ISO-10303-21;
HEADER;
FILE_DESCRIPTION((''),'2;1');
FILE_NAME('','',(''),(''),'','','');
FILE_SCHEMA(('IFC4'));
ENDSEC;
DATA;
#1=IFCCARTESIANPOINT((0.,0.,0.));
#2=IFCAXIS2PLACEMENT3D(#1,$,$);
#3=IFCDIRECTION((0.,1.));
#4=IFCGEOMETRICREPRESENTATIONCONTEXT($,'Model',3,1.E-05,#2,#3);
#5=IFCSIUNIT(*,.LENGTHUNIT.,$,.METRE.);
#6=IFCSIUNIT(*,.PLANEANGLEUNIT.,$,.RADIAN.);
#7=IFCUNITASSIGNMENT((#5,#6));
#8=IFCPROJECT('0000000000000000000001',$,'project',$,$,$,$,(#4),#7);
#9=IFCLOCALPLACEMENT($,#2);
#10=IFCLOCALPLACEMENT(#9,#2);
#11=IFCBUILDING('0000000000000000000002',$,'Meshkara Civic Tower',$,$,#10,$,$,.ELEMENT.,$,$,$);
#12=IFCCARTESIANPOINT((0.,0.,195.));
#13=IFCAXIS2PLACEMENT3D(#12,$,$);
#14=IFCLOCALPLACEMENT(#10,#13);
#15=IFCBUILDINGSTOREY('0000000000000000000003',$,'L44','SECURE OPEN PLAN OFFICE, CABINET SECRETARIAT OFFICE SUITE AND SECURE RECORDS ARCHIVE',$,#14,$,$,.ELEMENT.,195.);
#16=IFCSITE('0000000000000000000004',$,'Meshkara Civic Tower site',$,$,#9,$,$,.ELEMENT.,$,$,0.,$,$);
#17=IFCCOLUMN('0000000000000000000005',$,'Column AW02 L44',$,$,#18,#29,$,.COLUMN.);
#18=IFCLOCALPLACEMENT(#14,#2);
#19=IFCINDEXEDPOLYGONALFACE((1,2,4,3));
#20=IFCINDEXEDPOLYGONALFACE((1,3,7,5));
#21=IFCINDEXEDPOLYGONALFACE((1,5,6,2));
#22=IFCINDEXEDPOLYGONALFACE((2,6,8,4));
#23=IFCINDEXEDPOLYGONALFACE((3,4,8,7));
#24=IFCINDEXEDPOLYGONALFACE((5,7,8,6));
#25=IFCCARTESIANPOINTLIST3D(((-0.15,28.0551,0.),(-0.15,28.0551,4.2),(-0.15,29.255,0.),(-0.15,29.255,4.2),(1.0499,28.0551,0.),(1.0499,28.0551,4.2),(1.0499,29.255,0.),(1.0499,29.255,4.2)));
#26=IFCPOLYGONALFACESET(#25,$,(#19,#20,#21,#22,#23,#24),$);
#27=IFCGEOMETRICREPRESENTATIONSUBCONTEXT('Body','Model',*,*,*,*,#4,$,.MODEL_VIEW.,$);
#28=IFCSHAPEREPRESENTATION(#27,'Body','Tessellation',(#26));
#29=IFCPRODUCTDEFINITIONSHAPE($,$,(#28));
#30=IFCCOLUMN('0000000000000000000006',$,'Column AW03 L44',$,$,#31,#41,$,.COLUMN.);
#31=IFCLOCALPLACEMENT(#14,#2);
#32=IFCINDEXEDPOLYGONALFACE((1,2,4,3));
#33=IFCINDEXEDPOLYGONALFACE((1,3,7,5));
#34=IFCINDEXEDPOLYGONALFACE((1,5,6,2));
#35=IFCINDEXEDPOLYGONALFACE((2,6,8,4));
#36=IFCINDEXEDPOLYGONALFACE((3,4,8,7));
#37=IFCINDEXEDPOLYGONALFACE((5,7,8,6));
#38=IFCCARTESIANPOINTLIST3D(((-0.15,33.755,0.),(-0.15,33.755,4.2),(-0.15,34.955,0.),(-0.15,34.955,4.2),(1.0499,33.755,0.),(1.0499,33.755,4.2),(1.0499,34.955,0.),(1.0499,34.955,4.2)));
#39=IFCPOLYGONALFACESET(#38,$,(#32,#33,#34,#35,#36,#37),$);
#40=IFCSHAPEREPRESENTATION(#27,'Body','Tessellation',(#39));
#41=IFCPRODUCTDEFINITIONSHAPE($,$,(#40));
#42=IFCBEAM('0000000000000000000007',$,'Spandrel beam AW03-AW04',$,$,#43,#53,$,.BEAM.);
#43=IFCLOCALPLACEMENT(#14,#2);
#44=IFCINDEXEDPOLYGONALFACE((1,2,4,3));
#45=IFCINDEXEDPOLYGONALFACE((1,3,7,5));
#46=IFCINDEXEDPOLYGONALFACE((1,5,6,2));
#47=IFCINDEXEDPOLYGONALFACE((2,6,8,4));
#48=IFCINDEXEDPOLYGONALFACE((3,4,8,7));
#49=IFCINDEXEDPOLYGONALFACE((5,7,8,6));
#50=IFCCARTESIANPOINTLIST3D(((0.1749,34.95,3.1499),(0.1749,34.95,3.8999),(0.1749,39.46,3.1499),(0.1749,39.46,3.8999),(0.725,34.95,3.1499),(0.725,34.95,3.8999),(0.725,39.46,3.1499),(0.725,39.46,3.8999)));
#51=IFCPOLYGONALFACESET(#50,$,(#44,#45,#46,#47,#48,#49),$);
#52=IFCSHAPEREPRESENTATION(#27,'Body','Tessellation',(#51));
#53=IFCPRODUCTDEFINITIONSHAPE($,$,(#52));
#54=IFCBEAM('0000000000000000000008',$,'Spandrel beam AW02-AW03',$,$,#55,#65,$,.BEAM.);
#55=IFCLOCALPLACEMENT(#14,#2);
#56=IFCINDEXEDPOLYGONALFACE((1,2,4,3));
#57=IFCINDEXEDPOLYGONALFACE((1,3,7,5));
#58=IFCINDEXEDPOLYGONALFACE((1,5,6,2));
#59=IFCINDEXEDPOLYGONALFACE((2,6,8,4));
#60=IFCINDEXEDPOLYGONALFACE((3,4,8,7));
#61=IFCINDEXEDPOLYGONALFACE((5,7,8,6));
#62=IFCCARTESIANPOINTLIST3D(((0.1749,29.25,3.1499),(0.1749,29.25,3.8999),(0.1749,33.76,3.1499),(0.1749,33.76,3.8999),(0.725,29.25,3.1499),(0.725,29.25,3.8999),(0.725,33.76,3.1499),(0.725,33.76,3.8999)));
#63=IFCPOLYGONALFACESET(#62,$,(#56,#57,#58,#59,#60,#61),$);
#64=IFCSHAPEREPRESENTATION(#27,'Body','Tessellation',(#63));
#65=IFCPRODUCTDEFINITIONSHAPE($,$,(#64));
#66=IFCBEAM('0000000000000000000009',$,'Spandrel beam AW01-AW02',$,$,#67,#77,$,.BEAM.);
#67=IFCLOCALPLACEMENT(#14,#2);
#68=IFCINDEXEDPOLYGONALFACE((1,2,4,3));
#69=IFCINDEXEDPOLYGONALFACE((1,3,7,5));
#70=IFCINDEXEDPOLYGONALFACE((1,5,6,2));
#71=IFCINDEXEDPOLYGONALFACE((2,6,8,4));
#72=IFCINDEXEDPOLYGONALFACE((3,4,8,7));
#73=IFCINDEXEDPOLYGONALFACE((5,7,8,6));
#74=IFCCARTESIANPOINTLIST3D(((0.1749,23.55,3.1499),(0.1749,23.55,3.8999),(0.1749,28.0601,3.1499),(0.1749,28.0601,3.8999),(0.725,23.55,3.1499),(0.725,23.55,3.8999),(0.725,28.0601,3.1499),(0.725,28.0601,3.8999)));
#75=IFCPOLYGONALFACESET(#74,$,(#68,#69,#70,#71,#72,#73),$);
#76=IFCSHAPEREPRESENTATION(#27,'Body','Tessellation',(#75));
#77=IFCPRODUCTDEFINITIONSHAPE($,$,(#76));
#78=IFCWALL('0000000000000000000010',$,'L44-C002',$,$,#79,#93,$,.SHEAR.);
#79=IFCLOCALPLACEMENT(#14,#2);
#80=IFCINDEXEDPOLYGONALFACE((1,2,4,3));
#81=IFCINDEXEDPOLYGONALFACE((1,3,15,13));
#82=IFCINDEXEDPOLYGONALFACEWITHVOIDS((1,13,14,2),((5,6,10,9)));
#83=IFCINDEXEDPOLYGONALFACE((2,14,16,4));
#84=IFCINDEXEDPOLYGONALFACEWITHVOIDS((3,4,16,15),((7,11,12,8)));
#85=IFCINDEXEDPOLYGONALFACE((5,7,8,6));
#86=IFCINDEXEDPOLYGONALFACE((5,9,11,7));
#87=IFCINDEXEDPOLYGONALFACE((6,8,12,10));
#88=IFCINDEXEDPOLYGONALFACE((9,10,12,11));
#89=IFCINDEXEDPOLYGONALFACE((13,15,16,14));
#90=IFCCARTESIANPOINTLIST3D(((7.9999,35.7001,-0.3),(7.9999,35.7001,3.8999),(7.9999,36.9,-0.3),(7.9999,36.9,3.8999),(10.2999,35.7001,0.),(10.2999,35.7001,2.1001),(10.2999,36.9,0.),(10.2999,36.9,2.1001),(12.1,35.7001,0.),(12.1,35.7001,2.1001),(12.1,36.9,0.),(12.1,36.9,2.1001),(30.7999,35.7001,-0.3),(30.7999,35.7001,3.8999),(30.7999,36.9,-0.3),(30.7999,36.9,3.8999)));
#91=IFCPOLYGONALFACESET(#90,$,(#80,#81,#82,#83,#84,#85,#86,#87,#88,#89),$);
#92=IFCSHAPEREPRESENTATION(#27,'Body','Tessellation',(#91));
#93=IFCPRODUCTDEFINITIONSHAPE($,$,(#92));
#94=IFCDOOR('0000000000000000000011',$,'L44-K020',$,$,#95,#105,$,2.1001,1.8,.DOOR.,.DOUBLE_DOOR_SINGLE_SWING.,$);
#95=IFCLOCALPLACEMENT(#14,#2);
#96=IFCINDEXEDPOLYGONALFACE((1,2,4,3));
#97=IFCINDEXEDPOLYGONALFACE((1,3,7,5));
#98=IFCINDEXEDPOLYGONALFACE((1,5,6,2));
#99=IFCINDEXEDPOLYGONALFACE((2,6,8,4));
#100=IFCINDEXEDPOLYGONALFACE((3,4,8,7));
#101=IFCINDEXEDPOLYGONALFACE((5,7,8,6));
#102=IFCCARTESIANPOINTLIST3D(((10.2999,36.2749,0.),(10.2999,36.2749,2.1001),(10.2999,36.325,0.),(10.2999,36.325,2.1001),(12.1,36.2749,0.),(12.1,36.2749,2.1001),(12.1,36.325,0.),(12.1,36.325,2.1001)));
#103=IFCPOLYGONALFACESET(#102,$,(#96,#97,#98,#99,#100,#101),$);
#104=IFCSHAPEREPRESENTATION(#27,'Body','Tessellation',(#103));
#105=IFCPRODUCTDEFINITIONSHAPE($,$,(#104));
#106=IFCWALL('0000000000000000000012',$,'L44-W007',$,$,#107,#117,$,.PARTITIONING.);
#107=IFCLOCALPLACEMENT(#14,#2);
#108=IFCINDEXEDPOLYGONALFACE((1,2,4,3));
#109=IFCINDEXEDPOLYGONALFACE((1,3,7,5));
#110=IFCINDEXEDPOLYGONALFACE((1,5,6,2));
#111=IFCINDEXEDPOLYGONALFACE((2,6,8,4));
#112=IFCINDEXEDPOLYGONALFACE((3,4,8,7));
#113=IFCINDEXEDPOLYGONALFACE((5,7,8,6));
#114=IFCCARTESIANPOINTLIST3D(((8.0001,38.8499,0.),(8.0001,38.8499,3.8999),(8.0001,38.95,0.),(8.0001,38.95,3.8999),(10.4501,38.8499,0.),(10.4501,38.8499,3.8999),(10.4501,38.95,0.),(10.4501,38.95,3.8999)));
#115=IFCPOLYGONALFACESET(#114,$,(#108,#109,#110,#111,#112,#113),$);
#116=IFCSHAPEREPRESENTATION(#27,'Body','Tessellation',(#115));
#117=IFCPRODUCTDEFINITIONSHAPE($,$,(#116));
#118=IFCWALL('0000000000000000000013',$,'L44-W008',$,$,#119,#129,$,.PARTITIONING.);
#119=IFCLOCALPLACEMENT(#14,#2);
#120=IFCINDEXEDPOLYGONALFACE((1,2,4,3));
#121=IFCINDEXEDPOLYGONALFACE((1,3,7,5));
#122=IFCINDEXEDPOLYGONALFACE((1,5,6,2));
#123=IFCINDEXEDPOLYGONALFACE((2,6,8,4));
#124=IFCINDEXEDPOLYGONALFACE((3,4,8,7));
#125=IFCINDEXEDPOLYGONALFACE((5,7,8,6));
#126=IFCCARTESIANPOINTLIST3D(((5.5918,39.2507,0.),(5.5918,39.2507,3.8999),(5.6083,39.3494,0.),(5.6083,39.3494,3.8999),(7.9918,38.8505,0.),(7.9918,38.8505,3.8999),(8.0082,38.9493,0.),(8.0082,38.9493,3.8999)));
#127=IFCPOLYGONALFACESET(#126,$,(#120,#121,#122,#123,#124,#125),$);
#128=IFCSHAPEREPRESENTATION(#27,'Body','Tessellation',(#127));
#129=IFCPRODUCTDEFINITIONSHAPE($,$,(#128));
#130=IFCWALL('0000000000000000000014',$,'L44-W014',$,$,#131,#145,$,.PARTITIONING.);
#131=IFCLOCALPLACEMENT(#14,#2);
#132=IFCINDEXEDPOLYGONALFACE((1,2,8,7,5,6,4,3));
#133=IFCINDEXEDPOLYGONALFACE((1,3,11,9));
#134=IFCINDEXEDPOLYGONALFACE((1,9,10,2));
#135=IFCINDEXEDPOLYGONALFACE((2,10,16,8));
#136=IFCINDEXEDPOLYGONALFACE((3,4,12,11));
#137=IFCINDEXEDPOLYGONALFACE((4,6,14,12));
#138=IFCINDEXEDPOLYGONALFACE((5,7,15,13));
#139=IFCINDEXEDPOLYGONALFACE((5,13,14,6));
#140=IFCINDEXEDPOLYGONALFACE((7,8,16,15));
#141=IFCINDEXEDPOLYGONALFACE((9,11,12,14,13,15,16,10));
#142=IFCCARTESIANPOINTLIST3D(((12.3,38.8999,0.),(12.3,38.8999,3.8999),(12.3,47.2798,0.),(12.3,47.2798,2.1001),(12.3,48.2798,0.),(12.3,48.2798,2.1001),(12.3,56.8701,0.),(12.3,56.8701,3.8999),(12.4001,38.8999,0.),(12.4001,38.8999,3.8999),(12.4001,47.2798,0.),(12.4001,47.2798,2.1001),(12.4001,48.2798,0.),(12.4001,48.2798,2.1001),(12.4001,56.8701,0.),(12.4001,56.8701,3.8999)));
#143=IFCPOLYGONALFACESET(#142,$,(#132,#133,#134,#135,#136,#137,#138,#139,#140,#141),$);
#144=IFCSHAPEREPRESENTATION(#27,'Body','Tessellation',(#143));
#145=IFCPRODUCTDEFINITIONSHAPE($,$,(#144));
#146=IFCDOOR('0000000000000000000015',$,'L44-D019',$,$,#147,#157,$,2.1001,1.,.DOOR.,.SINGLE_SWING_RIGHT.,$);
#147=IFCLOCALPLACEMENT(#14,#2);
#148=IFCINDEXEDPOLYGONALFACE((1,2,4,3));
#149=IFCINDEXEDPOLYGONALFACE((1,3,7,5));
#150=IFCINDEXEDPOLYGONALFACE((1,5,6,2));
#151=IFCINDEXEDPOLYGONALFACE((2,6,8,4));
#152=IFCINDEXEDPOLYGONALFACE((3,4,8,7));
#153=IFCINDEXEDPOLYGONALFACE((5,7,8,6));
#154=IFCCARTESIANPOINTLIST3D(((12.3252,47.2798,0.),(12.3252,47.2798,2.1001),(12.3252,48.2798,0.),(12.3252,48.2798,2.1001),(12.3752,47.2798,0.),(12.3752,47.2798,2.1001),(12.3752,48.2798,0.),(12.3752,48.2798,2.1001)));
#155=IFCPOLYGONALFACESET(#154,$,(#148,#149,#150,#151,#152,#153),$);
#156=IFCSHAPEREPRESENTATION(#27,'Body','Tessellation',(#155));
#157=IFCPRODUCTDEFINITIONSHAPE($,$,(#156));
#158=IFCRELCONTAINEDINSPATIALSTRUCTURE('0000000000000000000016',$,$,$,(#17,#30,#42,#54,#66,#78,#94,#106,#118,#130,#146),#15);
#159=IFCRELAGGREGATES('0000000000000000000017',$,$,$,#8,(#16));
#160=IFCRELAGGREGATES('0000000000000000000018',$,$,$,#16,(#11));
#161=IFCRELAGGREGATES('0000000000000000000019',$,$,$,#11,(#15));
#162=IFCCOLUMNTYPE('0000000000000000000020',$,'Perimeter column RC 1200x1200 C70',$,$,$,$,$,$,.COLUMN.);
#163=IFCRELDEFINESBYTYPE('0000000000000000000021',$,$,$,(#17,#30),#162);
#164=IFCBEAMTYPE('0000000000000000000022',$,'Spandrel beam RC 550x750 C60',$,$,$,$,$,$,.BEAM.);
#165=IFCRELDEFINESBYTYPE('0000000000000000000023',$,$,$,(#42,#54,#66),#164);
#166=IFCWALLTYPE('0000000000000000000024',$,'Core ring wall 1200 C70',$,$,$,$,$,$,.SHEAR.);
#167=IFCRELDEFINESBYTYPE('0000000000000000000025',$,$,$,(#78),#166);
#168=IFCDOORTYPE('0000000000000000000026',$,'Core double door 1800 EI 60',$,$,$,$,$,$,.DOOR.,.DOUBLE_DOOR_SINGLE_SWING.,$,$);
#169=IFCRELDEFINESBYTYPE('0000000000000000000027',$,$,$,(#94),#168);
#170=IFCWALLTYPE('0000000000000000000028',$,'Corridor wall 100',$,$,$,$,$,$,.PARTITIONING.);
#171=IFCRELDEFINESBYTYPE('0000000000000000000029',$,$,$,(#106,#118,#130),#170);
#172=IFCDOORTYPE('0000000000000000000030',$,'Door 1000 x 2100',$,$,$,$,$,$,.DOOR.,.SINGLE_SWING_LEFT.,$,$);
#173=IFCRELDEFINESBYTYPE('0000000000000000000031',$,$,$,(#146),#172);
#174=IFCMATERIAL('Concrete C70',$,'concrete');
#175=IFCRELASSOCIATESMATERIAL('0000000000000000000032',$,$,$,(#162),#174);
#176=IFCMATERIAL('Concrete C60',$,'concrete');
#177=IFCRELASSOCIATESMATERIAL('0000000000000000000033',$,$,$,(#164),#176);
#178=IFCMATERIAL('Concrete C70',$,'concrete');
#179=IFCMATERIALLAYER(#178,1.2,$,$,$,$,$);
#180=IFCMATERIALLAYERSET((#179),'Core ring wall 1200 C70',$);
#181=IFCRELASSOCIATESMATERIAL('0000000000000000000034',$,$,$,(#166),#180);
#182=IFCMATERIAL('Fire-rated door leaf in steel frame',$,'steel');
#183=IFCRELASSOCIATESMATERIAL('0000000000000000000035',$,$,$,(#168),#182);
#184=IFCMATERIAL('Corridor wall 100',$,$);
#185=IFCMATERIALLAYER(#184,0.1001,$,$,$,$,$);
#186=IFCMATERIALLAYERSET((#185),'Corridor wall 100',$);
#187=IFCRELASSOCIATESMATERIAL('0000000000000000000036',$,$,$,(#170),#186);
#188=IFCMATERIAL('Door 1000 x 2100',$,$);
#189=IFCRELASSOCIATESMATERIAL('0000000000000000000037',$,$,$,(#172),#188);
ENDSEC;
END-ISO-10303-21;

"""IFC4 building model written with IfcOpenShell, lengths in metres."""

from ifc_helpers import new_model, si_unit, direction, frame, frame_2d, origin, origin_2d, place, context, subcontext, project, spatial, rectangle, extrude, material, layer, layer_set, material_profile, profile_set, type_object, element, fill, save


model = new_model("IFC4")

# Units and contexts
model_context = context("Model", 3, precision=1e-05, world=origin(), true_north=direction((0.0, 1.0)))
body_context = subcontext(model_context, "Body", "Model", "MODEL_VIEW")
ifc_project = project(units=[si_unit("LENGTHUNIT", "METRE"), si_unit("PLANEANGLEUNIT", "RADIAN")], contexts=[model_context])

# Site, building, storey
site_placement = place(None, origin())
site = spatial("IfcSite", under=ifc_project, at=site_placement, Name="Meshkara Civic Tower site", CompositionType="ELEMENT", RefElevation=0.0)
building_placement = place(site_placement, origin())
building = spatial("IfcBuilding", under=site, at=building_placement, Name="Meshkara Civic Tower", CompositionType="ELEMENT")
storey_placement = place(building_placement, frame((0.0, 0.0, 195.0)))
storey = spatial("IfcBuildingStorey", under=building, at=storey_placement, Name="L44", Description="SECURE OPEN PLAN OFFICE, CABINET SECRETARIAT OFFICE SUITE AND SECURE RECORDS ARCHIVE", CompositionType="ELEMENT", Elevation=195.0)

# Columns
ifc_material_1 = material(Name="Concrete C70", Category="concrete")
ifc_material_profile_1 = material_profile(ifc_material_1, rectangle(XDim=1.2, YDim=1.2, at=origin_2d()))
ifc_profile_set_1 = profile_set([ifc_material_profile_1], Name="Concrete C70")
column_type = type_object("IfcColumnType", Name="Perimeter column RC 1200x1200 C70", PredefinedType="COLUMN", material=ifc_profile_set_1)
for number, where, z_axis, x_axis, name in (
    (1, (0.45, 28.655, 0.0), (0.0, 0.0, 1.0), (1.0, 0.0, 0.0), "Column AW02 L44"),
    (2, (0.45, 34.355, 0.0), (0.0, 0.0, 1.0), (1.0, 0.0, 0.0), "Column AW03 L44"),
):
    element("IfcColumn", number, at=place(storey_placement, frame(where, z_axis=z_axis, x_axis=x_axis)), inside=storey, type_object=column_type, Name=name, PredefinedType="COLUMN", context=body_context, shape_type="SweptSolid", body=[
        extrude(rectangle(XDim=1.2, YDim=1.2, at=origin_2d()), origin(), (0.0, 0.0, 1.0), 4.2),
    ])

# Beams
ifc_material_2 = material(Name="Concrete C60", Category="concrete")
ifc_material_profile_2 = material_profile(ifc_material_2, rectangle(XDim=0.55, YDim=0.75, at=origin_2d()))
ifc_profile_set_2 = profile_set([ifc_material_profile_2], Name="Concrete C60")
beam_type = type_object("IfcBeamType", Name="Spandrel beam RC 550x750 C60", PredefinedType="BEAM", material=ifc_profile_set_2)
for number, where, z_axis, x_axis, name in (
    (3, (0.45, 39.46, 3.5249), (0.0, -1.0, 0.0), (1.0, 0.0, 0.0), "Spandrel beam AW03-AW04"),
    (4, (0.45, 33.76, 3.5249), (0.0, -1.0, 0.0), (1.0, 0.0, 0.0), "Spandrel beam AW02-AW03"),
    (5, (0.45, 28.0601, 3.5249), (0.0, -1.0, 0.0), (1.0, 0.0, 0.0), "Spandrel beam AW01-AW02"),
):
    element("IfcBeam", number, at=place(storey_placement, frame(where, z_axis=z_axis, x_axis=x_axis)), inside=storey, type_object=beam_type, Name=name, PredefinedType="BEAM", context=body_context, shape_type="SweptSolid", body=[
        extrude(rectangle(XDim=0.55, YDim=0.75, at=origin_2d()), origin(), (0.0, 0.0, 1.0), 4.51),
    ])

# Wall, opening, door
ifc_material_3 = material(Name="Concrete C70", Category="concrete")
ifc_layer_1 = layer(ifc_material_3, 1.2)
ifc_layer_set_1 = layer_set([ifc_layer_1], Name="Core ring wall 1200 C70")
wall_type_1 = type_object("IfcWallType", Name="Core ring wall 1200 C70", PredefinedType="SHEAR", material=ifc_layer_set_1)
wall_1_placement = place(storey_placement, frame((8.0, 36.3, -0.3), z_axis=(0.0, 0.0, 1.0), x_axis=(1.0, 0.0, 0.0)))
wall_1 = element("IfcWall", 6, at=wall_1_placement, inside=storey, type_object=wall_type_1, Name="L44-C002", PredefinedType="SHEAR", context=body_context, shape_type="SweptSolid", body=[
    extrude(rectangle(XDim=22.8, YDim=1.2, at=frame_2d((11.3999, 0.0))), origin(), (0.0, 0.0, 1.0), 4.2),
])
opening_1_placement = place(wall_1_placement, frame((2.3, 0.0, 0.3)))
opening_1 = element("IfcOpeningElement", 7, at=opening_1_placement, cuts=wall_1, PredefinedType="OPENING", context=body_context, shape_type="SweptSolid", body=[
    extrude(rectangle(XDim=1.8, YDim=2.1001, at=frame_2d((0.8999, 1.05))), frame((0.0, 0.6099, 0.0), z_axis=(0.0, -1.0, 0.0), x_axis=(1.0, 0.0, 0.0)), (0.0, 0.0, 1.0), 1.22),
])
ifc_material_4 = material(Name="Fire-rated door leaf in steel frame", Category="steel")
door_type_1 = type_object("IfcDoorType", Name="Core double door 1800 EI 60", OperationType="DOUBLE_DOOR_SINGLE_SWING", PredefinedType="DOOR", material=ifc_material_4)
door_1_placement = place(opening_1_placement, origin())
door_1 = element("IfcDoor", 8, at=door_1_placement, inside=storey, type_object=door_type_1, Name="L44-K020", OperationType="DOUBLE_DOOR_SINGLE_SWING", OverallHeight=2.1001, OverallWidth=1.8, PredefinedType="DOOR", context=body_context, shape_type="SweptSolid", body=[
    extrude(rectangle(XDim=1.8, YDim=2.1001, at=frame_2d((0.8999, 1.05))), frame((0.0, 0.0249, 0.0), z_axis=(0.0, -1.0, 0.0), x_axis=(1.0, 0.0, 0.0)), (0.0, 0.0, 1.0), 0.05),
])
fill(opening_1, door_1)

# Walls
ifc_material_5 = material(Name="Corridor wall 100")
ifc_layer_2 = layer(ifc_material_5, 0.1001)
ifc_layer_set_2 = layer_set([ifc_layer_2], Name="Corridor wall 100")
wall_type_2 = type_object("IfcWallType", Name="Corridor wall 100", PredefinedType="PARTITIONING", material=ifc_layer_set_2)
wall_2_placement = place(storey_placement, frame((8.0, 38.8999, 0.0), z_axis=(0.0, 0.0, 1.0), x_axis=(1.0, 0.0, 0.0)))
element("IfcWall", 9, at=wall_2_placement, inside=storey, type_object=wall_type_2, Name="L44-W007", PredefinedType="PARTITIONING", context=body_context, shape_type="SweptSolid", body=[
    extrude(rectangle(XDim=2.45, YDim=0.1001, at=frame_2d((1.2251, 0.0))), origin(), (0.0, 0.0, 1.0), 3.8999),
])
wall_3_placement = place(storey_placement, frame((8.0, 38.8999, 0.0), z_axis=(0.0, 0.0, 1.0), x_axis=(-0.986383, 0.164464, 0.0)))
element("IfcWall", 10, at=wall_3_placement, inside=storey, type_object=wall_type_2, Name="L44-W008", PredefinedType="PARTITIONING", context=body_context, shape_type="SweptSolid", body=[
    extrude(rectangle(XDim=2.4331, YDim=0.1001, at=frame_2d((1.2166, 0.0))), origin(), (0.0, 0.0, 1.0), 3.8999),
])

# Wall, opening, door
wall_4_placement = place(storey_placement, frame((12.3501, 38.8999, 0.0), z_axis=(0.0, 0.0, 1.0), x_axis=(0.0, 1.0, 0.0)))
wall_4 = element("IfcWall", 11, at=wall_4_placement, inside=storey, type_object=wall_type_2, Name="L44-W014", PredefinedType="PARTITIONING", context=body_context, shape_type="SweptSolid", body=[
    extrude(rectangle(XDim=17.9702, YDim=0.1001, at=frame_2d((8.9851, 0.0))), origin(), (0.0, 0.0, 1.0), 3.8999),
])
opening_2_placement = place(wall_4_placement, frame((8.3799, 0.0, 0.0)))
opening_2 = element("IfcOpeningElement", 12, at=opening_2_placement, cuts=wall_4, PredefinedType="OPENING", context=body_context, shape_type="SweptSolid", body=[
    extrude(rectangle(XDim=1.0, YDim=2.1001, at=frame_2d((0.5, 1.05))), frame((0.0, 0.0601, 0.0), z_axis=(0.0, -1.0, 0.0), x_axis=(1.0, 0.0, 0.0)), (0.0, 0.0, 1.0), 0.1201),
])
ifc_material_6 = material(Name="Door 1000 x 2100")
door_type_2 = type_object("IfcDoorType", Name="Door 1000 x 2100", OperationType="SINGLE_SWING_LEFT", PredefinedType="DOOR", material=ifc_material_6)
door_2_placement = place(opening_2_placement, origin())
door_2 = element("IfcDoor", 13, at=door_2_placement, inside=storey, type_object=door_type_2, Name="L44-D019", OperationType="SINGLE_SWING_RIGHT", OverallHeight=2.1001, OverallWidth=1.0, PredefinedType="DOOR", context=body_context, shape_type="SweptSolid", body=[
    extrude(rectangle(XDim=1.0, YDim=2.1001, at=frame_2d((0.5, 1.05))), frame((0.0, 0.0249, 0.0), z_axis=(0.0, -1.0, 0.0), x_axis=(1.0, 0.0, 0.0)), (0.0, 0.0, 1.0), 0.05),
])
fill(opening_2, door_2)

save(model, "model.ifc")
